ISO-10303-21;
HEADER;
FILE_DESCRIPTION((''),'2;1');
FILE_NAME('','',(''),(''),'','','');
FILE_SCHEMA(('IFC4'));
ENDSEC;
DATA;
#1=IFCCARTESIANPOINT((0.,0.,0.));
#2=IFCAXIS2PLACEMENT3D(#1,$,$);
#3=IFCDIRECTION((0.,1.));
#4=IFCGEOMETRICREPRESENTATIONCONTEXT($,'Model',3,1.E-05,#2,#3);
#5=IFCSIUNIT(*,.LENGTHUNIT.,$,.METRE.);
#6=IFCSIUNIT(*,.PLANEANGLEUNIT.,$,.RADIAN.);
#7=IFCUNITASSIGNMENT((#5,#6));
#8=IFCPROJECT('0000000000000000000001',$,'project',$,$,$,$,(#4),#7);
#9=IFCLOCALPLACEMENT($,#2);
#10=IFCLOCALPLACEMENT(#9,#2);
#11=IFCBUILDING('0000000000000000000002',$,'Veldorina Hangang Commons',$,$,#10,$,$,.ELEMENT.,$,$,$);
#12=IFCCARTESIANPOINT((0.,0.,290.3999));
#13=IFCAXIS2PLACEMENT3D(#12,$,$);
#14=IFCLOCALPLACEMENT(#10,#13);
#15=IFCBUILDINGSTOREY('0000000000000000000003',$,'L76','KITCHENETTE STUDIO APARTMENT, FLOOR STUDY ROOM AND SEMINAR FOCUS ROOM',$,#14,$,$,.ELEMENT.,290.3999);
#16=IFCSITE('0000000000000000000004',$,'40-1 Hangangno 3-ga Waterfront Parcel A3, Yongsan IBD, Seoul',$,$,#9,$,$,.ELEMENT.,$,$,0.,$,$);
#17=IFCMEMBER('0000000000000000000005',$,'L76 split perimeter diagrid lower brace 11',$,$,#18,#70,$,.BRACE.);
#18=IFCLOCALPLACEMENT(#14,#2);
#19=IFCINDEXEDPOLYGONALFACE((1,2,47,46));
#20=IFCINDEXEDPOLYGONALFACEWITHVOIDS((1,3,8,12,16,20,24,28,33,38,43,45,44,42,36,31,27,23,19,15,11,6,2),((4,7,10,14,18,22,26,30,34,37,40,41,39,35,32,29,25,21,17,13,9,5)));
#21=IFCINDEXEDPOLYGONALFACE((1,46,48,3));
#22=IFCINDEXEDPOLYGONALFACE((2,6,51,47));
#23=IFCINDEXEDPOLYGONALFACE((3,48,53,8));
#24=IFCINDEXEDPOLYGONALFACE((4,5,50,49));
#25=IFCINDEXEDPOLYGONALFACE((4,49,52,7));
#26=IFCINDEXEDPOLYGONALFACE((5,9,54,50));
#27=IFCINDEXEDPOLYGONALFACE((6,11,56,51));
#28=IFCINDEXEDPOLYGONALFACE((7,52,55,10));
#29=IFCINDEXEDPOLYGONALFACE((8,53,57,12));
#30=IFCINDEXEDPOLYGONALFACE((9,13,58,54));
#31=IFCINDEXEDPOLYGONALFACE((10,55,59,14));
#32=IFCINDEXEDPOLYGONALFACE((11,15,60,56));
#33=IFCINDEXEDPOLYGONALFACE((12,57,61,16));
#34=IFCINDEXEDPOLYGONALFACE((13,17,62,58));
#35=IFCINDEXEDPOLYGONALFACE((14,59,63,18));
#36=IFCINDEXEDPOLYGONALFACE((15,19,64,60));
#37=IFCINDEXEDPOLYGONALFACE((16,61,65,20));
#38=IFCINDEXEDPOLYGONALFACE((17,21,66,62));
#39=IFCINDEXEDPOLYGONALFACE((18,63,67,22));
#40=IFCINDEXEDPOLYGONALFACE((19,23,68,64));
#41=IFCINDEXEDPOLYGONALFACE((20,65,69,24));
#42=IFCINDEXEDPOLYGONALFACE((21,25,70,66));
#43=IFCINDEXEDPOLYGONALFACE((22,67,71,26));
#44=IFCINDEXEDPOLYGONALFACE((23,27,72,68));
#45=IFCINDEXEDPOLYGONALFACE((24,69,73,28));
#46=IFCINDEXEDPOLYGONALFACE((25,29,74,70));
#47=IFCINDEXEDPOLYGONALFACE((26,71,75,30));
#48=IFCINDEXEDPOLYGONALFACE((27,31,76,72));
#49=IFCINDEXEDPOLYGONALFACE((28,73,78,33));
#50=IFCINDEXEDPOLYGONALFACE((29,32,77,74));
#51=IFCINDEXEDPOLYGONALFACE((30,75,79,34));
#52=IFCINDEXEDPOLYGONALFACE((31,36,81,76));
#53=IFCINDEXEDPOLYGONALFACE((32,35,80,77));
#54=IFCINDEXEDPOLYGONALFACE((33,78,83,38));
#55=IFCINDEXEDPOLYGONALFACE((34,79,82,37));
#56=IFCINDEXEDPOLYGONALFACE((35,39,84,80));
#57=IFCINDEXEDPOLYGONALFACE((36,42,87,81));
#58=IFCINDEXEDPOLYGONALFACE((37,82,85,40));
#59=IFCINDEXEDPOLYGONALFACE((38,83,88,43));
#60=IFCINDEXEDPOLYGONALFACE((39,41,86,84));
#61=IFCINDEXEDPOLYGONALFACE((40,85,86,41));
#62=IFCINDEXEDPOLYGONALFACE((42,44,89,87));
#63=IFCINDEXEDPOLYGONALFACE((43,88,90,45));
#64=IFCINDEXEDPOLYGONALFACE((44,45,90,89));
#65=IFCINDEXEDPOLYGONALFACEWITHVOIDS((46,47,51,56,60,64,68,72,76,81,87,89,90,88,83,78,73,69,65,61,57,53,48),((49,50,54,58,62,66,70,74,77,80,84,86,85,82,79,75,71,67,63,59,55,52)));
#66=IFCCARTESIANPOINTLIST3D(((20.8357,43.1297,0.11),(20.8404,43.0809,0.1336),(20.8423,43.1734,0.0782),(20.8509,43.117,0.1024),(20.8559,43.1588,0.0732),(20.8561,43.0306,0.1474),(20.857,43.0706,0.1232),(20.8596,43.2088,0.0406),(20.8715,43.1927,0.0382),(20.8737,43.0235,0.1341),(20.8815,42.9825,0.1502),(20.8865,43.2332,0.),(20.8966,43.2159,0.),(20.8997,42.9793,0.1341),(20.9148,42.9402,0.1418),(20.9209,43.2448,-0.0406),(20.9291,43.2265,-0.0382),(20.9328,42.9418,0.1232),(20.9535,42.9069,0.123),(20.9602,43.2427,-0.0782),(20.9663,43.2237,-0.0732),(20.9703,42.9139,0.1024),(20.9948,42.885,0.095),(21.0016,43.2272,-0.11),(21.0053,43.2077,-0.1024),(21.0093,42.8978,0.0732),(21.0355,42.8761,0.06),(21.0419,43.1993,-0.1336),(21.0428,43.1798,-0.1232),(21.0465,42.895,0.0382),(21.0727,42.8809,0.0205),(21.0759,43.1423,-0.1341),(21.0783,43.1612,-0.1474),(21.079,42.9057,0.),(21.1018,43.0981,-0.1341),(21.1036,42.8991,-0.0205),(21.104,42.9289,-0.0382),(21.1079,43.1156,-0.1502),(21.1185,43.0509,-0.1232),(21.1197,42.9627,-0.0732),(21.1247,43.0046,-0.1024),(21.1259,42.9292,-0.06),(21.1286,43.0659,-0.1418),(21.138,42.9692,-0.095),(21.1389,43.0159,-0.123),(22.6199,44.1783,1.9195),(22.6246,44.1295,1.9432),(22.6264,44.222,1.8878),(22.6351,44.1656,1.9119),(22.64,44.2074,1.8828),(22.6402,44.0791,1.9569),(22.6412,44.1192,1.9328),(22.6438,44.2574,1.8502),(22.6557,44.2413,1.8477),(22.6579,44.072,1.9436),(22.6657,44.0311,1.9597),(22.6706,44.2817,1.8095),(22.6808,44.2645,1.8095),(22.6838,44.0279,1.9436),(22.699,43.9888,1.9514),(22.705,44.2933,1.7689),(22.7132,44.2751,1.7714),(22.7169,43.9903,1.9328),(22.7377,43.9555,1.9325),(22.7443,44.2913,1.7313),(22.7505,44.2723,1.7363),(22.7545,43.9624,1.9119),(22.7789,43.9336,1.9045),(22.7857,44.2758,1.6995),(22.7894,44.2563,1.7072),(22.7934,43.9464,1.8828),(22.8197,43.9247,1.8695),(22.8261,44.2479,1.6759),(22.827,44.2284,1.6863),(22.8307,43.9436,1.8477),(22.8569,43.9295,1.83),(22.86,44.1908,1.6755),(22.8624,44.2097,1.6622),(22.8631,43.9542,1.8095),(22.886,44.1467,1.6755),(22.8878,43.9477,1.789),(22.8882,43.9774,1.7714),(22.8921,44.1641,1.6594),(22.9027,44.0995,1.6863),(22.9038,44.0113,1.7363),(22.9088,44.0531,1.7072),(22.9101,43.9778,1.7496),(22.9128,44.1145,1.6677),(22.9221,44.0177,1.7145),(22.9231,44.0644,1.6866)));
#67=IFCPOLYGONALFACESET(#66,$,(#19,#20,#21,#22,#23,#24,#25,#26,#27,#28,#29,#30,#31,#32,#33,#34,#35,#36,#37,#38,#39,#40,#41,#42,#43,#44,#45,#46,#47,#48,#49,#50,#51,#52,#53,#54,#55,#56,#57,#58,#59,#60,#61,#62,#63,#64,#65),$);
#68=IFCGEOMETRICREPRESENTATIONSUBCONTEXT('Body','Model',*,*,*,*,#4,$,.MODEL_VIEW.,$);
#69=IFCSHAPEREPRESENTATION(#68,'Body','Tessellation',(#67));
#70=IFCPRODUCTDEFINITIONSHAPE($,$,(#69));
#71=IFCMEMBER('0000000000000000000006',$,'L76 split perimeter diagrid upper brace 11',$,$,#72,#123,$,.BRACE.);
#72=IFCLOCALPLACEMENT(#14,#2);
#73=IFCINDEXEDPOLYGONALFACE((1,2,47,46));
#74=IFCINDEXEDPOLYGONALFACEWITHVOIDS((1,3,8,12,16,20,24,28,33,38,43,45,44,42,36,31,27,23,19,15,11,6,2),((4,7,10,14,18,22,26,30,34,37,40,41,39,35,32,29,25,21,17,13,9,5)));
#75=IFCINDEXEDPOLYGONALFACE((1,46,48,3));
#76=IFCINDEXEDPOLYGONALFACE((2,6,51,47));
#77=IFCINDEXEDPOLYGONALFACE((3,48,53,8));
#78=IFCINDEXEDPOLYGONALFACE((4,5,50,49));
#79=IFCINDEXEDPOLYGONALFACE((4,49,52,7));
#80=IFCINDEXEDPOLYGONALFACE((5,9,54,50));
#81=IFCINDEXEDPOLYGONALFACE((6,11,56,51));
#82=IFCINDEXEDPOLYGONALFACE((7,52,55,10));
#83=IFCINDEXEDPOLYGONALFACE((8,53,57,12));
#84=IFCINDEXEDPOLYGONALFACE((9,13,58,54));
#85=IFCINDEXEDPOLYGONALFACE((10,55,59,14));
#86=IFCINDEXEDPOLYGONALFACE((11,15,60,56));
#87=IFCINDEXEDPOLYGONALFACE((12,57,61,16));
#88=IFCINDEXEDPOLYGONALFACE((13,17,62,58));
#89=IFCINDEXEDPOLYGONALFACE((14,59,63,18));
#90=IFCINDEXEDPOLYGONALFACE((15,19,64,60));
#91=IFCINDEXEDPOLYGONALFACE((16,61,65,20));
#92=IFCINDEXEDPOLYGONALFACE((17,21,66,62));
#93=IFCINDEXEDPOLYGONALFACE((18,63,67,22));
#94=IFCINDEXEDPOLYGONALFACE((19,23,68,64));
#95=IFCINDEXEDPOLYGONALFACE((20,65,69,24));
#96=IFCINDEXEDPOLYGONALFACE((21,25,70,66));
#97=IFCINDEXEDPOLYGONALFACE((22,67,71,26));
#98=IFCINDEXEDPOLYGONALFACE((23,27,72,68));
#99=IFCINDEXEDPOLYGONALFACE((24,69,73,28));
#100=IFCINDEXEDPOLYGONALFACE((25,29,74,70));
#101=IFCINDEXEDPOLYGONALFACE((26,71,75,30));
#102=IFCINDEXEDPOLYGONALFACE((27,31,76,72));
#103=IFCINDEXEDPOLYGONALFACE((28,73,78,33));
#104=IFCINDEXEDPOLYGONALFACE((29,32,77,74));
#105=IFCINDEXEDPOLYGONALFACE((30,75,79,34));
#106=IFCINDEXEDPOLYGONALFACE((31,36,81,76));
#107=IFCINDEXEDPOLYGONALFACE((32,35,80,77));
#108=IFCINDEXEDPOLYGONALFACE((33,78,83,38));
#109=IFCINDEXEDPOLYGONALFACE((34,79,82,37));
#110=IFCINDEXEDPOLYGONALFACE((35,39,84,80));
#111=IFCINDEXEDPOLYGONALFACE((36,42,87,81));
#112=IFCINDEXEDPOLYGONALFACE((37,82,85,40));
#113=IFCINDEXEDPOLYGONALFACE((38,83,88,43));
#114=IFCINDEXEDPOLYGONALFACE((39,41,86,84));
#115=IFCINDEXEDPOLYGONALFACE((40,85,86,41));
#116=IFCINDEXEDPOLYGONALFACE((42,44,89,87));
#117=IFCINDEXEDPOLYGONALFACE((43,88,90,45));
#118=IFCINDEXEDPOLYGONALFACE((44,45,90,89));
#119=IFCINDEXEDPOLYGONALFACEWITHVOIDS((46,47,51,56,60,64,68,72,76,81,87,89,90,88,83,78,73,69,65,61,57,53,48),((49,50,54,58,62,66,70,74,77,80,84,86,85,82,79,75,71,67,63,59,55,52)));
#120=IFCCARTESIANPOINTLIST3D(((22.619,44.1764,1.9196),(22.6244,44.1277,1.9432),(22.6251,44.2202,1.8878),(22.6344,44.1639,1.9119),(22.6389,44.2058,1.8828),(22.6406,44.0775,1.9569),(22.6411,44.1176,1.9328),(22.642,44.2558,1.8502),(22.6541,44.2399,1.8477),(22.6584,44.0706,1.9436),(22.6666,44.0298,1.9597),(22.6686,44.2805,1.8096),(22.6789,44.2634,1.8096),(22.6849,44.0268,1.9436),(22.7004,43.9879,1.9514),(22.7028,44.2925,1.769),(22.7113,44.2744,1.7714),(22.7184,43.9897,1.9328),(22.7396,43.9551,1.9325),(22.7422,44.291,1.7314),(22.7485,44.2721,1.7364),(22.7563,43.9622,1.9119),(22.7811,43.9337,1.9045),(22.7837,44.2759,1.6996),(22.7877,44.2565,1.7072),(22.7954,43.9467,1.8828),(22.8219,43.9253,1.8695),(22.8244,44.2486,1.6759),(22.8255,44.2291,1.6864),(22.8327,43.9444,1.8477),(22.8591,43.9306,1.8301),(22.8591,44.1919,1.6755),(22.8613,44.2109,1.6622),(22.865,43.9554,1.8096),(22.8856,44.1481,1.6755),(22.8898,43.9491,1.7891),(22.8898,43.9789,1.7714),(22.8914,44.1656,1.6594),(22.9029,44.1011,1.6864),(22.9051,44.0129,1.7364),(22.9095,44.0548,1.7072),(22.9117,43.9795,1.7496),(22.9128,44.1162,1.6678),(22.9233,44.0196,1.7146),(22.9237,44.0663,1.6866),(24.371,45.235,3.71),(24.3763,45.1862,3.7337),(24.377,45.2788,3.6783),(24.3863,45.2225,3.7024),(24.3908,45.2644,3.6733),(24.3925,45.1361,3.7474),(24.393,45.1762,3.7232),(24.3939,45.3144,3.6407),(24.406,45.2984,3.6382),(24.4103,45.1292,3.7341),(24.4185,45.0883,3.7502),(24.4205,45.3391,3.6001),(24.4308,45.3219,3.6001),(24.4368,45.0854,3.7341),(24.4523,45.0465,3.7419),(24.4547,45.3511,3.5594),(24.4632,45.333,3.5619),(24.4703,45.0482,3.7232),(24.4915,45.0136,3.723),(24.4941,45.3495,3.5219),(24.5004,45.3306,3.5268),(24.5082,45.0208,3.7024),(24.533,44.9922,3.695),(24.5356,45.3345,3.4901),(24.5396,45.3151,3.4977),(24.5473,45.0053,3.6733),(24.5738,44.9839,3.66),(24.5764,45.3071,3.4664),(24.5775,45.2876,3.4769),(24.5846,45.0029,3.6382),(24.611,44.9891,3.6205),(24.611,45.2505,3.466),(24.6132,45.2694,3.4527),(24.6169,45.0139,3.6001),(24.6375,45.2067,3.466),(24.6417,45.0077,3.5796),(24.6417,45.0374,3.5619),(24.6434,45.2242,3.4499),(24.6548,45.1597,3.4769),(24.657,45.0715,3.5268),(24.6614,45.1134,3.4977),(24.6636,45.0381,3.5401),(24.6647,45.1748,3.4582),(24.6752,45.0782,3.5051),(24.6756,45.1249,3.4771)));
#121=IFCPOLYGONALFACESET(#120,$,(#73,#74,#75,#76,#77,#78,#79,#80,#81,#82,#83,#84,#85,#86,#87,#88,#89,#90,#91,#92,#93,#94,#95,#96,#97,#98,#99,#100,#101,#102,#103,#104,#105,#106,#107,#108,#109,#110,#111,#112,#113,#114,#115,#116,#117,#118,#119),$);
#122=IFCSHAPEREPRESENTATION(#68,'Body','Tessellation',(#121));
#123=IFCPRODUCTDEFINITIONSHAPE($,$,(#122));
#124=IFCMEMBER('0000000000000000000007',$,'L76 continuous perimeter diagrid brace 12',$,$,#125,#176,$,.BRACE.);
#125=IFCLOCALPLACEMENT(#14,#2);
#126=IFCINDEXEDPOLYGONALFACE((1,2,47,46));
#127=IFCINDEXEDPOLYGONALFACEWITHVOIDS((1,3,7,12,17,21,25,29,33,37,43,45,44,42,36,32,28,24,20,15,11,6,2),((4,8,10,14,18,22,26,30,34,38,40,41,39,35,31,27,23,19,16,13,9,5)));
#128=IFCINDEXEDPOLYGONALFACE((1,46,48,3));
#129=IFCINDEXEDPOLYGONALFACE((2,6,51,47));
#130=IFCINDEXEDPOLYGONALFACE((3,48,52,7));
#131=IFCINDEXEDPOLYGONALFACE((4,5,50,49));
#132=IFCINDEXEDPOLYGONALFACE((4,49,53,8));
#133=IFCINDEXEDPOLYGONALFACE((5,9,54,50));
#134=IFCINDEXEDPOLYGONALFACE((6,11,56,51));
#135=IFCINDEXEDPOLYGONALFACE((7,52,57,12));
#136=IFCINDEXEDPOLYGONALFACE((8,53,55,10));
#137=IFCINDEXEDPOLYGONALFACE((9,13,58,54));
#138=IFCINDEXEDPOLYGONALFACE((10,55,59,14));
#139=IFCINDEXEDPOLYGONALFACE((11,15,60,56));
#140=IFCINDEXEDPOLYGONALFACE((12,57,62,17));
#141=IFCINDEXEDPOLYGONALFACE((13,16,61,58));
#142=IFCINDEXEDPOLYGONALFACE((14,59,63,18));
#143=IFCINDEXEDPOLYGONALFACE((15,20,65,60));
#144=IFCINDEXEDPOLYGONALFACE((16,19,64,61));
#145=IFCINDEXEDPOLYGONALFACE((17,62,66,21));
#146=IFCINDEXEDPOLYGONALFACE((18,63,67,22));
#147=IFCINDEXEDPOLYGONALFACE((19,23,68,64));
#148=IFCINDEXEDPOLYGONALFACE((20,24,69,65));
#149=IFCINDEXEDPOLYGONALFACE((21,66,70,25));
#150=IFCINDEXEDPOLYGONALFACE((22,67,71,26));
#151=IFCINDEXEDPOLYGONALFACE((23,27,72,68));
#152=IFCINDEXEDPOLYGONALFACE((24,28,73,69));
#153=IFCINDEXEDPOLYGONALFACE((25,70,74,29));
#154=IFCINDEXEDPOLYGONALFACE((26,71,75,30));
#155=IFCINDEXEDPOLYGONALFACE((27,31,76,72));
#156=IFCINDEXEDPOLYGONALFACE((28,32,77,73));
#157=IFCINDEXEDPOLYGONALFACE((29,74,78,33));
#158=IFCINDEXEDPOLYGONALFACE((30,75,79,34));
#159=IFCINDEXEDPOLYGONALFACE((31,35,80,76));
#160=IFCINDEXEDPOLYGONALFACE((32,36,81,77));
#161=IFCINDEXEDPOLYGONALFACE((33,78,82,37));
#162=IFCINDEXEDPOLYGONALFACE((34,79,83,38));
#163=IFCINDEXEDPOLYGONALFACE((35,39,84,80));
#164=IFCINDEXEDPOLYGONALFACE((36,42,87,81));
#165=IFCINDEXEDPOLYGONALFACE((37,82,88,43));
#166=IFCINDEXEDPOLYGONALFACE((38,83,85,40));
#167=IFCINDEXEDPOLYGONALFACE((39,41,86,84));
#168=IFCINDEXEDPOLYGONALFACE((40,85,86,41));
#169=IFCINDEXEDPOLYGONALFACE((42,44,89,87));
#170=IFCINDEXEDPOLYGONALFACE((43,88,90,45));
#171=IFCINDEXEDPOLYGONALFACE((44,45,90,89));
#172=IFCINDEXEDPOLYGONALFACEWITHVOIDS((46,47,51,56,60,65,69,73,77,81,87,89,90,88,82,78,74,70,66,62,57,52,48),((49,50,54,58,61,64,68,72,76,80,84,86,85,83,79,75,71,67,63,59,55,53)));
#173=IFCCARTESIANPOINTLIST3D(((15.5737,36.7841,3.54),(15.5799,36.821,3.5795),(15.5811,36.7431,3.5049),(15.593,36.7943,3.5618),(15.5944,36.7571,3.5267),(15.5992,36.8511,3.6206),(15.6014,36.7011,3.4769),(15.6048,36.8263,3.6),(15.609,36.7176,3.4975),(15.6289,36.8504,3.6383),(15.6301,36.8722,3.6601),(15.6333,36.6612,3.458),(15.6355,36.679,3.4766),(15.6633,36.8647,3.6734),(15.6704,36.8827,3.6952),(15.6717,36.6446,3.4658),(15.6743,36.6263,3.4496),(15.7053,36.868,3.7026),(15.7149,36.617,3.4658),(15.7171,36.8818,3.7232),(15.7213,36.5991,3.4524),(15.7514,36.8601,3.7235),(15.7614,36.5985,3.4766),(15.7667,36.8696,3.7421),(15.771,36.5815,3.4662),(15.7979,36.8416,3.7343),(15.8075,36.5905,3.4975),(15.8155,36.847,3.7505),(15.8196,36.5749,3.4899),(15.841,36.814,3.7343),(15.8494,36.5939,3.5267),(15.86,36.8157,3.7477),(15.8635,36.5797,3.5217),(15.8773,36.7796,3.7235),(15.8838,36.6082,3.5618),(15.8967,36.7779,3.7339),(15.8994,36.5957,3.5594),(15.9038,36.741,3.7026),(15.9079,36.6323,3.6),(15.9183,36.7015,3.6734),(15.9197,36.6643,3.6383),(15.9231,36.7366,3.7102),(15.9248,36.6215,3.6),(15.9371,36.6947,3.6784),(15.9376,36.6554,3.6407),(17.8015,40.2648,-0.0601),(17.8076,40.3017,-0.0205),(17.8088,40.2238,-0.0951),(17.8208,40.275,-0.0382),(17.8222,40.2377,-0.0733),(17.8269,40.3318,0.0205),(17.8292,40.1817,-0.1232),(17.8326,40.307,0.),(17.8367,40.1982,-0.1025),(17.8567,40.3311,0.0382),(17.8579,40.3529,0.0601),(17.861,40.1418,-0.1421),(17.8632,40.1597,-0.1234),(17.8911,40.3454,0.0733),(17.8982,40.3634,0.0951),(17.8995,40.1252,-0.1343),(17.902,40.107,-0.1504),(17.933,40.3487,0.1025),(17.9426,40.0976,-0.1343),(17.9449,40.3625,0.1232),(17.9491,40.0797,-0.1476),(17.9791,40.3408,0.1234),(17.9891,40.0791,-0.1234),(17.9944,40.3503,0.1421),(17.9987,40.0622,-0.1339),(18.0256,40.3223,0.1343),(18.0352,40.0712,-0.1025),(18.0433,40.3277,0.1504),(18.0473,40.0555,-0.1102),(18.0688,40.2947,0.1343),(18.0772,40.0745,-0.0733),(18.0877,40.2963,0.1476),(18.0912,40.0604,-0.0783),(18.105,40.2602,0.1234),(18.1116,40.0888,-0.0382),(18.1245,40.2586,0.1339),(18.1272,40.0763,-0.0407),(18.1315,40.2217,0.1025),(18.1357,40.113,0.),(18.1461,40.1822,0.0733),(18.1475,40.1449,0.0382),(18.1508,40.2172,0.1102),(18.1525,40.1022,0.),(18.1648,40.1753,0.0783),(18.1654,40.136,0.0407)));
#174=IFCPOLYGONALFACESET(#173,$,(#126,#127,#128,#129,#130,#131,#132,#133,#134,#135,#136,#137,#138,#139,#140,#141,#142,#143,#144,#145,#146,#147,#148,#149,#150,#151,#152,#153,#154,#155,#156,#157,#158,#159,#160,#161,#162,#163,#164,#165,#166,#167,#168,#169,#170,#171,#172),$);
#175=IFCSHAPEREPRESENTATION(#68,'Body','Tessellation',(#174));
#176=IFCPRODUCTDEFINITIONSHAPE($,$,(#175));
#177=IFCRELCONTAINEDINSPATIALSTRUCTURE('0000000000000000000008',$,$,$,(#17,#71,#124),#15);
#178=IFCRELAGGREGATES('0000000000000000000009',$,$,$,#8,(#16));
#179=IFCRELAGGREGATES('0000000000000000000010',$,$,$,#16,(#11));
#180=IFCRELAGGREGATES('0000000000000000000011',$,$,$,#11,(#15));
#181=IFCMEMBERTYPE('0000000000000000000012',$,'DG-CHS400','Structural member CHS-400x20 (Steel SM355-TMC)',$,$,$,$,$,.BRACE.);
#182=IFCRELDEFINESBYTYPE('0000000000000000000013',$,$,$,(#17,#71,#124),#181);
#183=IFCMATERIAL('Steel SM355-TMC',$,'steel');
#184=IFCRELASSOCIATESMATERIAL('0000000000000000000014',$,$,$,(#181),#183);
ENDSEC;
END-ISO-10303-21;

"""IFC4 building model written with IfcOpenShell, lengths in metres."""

from ifc_helpers import new_model, si_unit, direction, frame, origin, origin_2d, place, context, subcontext, project, spatial, hollow_circle, extrude, material, material_profile, profile_set, type_object, element, save


model = new_model("IFC4")

# Units and contexts
model_context = context("Model", 3, precision=1e-05, world=origin(), true_north=direction((0.0, 1.0)))
body_context = subcontext(model_context, "Body", "Model", "MODEL_VIEW")
ifc_project = project(units=[si_unit("LENGTHUNIT", "METRE"), si_unit("PLANEANGLEUNIT", "RADIAN")], contexts=[model_context])

# Site, building, storey
site_placement = place(None, origin())
site = spatial("IfcSite", under=ifc_project, at=site_placement, Name="40-1 Hangangno 3-ga Waterfront Parcel A3, Yongsan IBD, Seoul", CompositionType="ELEMENT", RefElevation=0.0)
building_placement = place(site_placement, origin())
building = spatial("IfcBuilding", under=site, at=building_placement, Name="Veldorina Hangang Commons", CompositionType="ELEMENT")
storey_placement = place(building_placement, frame((0.0, 0.0, 290.3999)))
storey = spatial("IfcBuildingStorey", under=building, at=storey_placement, Name="L76", Description="KITCHENETTE STUDIO APARTMENT, FLOOR STUDY ROOM AND SEMINAR FOCUS ROOM", CompositionType="ELEMENT", Elevation=290.3999)

# Shared definitions
ifc_material_1 = material(Name="Steel SM355-TMC", Category="steel")

# Members
ifc_material_profile_1 = material_profile(ifc_material_1, hollow_circle(Radius=0.2, WallThickness=0.02, at=origin_2d()), Name="CHS-400x20")
ifc_profile_set_1 = profile_set([ifc_material_profile_1], Name="Steel SM355-TMC")
member_type_1 = type_object("IfcMemberType", Name="DG-CHS400", Description="Structural member CHS-400x20 (Steel SM355-TMC)", PredefinedType="BRACE", material=ifc_profile_set_1)
member_1_placement = place(storey_placement, frame((20.9878, 43.0608, 0.0), z_axis=(0.649013, 0.381433, 0.658249), x_axis=(-0.506685, 0.862131, 0.0)))
element("IfcMember", 1, at=member_1_placement, inside=storey, type_object=member_type_1, Name="L76 split perimeter diagrid lower brace 11", PredefinedType="BRACE", context=body_context, shape_type="SweptSolid", body=[
    extrude(hollow_circle(Radius=0.2, WallThickness=0.02, at=origin_2d()), origin(), (0.0, 0.0, 1.0), 2.749),
])
member_2_placement = place(storey_placement, frame((22.772, 44.1094, 1.8096), z_axis=(0.644207, 0.389253, 0.658391), x_axis=(-0.517159, 0.855889, 0.0)))
element("IfcMember", 2, at=member_2_placement, inside=storey, type_object=member_type_1, Name="L76 split perimeter diagrid upper brace 11", PredefinedType="BRACE", context=body_context, shape_type="SweptSolid", body=[
    extrude(hollow_circle(Radius=0.2, WallThickness=0.02, at=origin_2d()), origin(), (0.0, 0.0, 1.0), 2.7195),
])
member_3_placement = place(storey_placement, frame((17.9841, 40.21, 0.0), z_axis=(-0.406471, -0.635075, 0.656857), x_axis=(0.842257, -0.539075, 0.0)))
element("IfcMember", 3, at=member_3_placement, inside=storey, type_object=member_type_1, Name="L76 continuous perimeter diagrid brace 12", PredefinedType="BRACE", context=body_context, shape_type="SweptSolid", body=[
    extrude(hollow_circle(Radius=0.2, WallThickness=0.02, at=origin_2d()), origin(), (0.0, 0.0, 1.0), 5.4807),
])

save(model, "model.ifc")
